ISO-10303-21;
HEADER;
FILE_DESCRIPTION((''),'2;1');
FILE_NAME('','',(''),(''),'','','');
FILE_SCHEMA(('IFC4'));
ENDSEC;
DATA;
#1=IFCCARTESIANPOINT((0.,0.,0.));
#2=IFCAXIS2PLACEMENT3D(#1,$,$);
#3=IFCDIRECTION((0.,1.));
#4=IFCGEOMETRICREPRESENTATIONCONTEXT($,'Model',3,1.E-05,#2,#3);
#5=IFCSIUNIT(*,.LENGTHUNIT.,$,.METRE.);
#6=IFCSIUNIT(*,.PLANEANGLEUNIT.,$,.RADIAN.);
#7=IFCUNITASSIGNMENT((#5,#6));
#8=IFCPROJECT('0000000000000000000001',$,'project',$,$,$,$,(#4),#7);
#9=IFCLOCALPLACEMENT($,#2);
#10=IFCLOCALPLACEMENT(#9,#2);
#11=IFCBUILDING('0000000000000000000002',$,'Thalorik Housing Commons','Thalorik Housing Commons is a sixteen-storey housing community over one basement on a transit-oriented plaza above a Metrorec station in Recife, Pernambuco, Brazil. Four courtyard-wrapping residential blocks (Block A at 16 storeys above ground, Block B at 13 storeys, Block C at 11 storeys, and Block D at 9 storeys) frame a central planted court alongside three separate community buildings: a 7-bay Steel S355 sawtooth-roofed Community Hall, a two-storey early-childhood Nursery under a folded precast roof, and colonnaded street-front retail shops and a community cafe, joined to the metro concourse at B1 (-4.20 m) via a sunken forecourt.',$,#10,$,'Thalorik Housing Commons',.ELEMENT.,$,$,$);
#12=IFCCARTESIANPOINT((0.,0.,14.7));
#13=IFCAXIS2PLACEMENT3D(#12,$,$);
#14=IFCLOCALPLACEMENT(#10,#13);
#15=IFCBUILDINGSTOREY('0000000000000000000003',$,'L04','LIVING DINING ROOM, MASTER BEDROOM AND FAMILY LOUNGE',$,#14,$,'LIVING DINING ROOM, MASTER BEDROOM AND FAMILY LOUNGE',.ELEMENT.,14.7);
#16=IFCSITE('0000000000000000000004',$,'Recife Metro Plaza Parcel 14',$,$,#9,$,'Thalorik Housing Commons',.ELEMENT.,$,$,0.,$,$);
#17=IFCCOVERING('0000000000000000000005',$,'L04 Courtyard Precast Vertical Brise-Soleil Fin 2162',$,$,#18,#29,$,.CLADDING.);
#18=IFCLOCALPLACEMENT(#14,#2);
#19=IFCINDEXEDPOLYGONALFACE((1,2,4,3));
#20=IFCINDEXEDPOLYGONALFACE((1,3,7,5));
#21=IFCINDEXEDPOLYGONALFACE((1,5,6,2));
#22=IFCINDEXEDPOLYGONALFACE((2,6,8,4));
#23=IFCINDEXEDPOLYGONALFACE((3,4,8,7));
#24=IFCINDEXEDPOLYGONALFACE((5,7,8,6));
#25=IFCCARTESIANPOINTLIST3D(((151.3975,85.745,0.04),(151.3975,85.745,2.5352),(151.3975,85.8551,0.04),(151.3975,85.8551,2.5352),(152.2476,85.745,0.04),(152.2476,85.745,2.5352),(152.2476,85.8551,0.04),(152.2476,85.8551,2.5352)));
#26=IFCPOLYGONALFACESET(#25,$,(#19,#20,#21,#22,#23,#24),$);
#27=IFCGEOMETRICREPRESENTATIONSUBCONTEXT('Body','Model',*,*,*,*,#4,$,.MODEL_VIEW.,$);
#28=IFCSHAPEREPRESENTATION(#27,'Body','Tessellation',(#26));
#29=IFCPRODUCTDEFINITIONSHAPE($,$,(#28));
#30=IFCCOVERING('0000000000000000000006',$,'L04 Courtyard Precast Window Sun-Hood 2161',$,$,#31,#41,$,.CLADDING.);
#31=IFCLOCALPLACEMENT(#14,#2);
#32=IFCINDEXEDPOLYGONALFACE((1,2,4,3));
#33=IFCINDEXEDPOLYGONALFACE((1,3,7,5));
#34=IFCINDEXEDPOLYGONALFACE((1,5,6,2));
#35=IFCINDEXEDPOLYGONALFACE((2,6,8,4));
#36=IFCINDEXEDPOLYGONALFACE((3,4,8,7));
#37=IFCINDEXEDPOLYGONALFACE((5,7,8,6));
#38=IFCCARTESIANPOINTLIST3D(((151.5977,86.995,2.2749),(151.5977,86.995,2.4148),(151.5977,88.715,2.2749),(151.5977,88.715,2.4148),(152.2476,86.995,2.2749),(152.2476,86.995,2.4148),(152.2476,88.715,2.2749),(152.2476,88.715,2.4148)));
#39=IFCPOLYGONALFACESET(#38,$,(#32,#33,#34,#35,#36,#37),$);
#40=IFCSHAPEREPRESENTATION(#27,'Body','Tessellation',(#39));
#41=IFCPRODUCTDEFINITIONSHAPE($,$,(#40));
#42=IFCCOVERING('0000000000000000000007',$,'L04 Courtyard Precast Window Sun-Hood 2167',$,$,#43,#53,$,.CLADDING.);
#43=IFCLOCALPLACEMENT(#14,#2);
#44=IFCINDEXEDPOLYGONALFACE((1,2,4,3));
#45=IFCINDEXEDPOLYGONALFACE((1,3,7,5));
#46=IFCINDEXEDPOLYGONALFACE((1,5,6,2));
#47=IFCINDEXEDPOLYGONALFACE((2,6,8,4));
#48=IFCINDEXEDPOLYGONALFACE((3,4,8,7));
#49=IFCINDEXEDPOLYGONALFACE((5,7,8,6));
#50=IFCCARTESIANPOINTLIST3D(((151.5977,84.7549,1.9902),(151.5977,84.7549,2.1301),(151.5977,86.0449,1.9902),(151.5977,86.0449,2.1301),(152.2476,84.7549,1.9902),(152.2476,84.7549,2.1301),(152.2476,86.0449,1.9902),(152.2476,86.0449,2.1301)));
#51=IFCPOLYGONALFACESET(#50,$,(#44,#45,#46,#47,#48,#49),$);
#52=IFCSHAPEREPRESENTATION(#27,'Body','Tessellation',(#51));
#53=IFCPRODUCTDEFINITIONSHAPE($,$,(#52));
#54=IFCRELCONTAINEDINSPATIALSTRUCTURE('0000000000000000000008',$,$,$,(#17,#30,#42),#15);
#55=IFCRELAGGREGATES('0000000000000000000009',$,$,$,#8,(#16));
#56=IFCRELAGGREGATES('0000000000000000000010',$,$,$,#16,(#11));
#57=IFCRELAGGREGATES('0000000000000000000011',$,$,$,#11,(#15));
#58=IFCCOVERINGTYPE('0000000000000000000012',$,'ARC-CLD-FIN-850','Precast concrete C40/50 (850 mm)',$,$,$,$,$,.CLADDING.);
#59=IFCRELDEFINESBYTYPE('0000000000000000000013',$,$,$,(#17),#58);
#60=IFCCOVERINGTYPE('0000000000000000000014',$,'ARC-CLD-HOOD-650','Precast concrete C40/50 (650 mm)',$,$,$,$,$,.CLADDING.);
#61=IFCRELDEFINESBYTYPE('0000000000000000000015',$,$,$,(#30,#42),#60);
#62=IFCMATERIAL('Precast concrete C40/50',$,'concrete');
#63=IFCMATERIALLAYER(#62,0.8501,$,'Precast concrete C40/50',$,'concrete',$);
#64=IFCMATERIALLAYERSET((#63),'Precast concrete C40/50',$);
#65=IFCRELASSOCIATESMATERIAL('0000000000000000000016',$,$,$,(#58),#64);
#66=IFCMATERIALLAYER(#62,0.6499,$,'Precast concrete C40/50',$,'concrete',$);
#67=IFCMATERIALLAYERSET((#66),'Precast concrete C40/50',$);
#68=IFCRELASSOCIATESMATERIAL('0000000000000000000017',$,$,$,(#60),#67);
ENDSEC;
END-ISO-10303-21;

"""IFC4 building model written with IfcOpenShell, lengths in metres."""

from ifc_helpers import new_model, si_unit, direction, frame, origin, origin_2d, place, context, subcontext, project, spatial, rectangle, extrude, material, layer, layer_set, type_object, element, save


model = new_model("IFC4")

# Units and contexts
model_context = context("Model", 3, precision=1e-05, world=origin(), true_north=direction((0.0, 1.0)))
body_context = subcontext(model_context, "Body", "Model", "MODEL_VIEW")
ifc_project = project(units=[si_unit("LENGTHUNIT", "METRE"), si_unit("PLANEANGLEUNIT", "RADIAN")], contexts=[model_context])

# Site, building, storey
site_placement = place(None, origin())
site = spatial("IfcSite", under=ifc_project, at=site_placement, Name="Recife Metro Plaza Parcel 14", LongName="Thalorik Housing Commons", CompositionType="ELEMENT", RefElevation=0.0)
building_placement = place(site_placement, origin())
building = spatial("IfcBuilding", under=site, at=building_placement, Name="Thalorik Housing Commons", Description="Thalorik Housing Commons is a sixteen-storey housing community over one basement on a transit-oriented plaza above a Metrorec station in Recife, Pernambuco, Brazil. Four courtyard-wrapping residential blocks (Block A at 16 storeys above ground, Block B at 13 storeys, Block C at 11 storeys, and Block D at 9 storeys) frame a central planted court alongside three separate community buildings: a 7-bay Steel S355 sawtooth-roofed Community Hall, a two-storey early-childhood Nursery under a folded precast roof, and colonnaded street-front retail shops and a community cafe, joined to the metro concourse at B1 (-4.20 m) via a sunken forecourt.", LongName="Thalorik Housing Commons", CompositionType="ELEMENT")
storey_placement = place(building_placement, frame((0.0, 0.0, 14.7)))
storey = spatial("IfcBuildingStorey", under=building, at=storey_placement, Name="L04", Description="LIVING DINING ROOM, MASTER BEDROOM AND FAMILY LOUNGE", LongName="LIVING DINING ROOM, MASTER BEDROOM AND FAMILY LOUNGE", CompositionType="ELEMENT", Elevation=14.7)

# Shared definitions
ifc_material_1 = material(Name="Precast concrete C40/50", Category="concrete")

# Coverings
ifc_layer_1 = layer(ifc_material_1, 0.8501, Name="Precast concrete C40/50", Category="concrete")
ifc_layer_set_1 = layer_set([ifc_layer_1], Name="Precast concrete C40/50")
covering_type_1 = type_object("IfcCoveringType", Name="ARC-CLD-FIN-850", Description="Precast concrete C40/50 (850 mm)", PredefinedType="CLADDING", material=ifc_layer_set_1)
covering_1_placement = place(storey_placement, frame((151.8225, 85.8, 0.04), z_axis=(0.0, 0.0, 1.0), x_axis=(0.0, -1.0, 0.0)))
element("IfcCovering", 1, at=covering_1_placement, inside=storey, type_object=covering_type_1, Name="L04 Courtyard Precast Vertical Brise-Soleil Fin 2162", PredefinedType="CLADDING", context=body_context, shape_type="SweptSolid", body=[
    extrude(rectangle(XDim=0.1101, YDim=0.8501, at=origin_2d()), origin(), (0.0, 0.0, 1.0), 2.4951),
])
ifc_layer_2 = layer(ifc_material_1, 0.6499, Name="Precast concrete C40/50", Category="concrete")
ifc_layer_set_2 = layer_set([ifc_layer_2], Name="Precast concrete C40/50")
covering_type_2 = type_object("IfcCoveringType", Name="ARC-CLD-HOOD-650", Description="Precast concrete C40/50 (650 mm)", PredefinedType="CLADDING", material=ifc_layer_set_2)
covering_2_placement = place(storey_placement, frame((151.9226, 87.855, 2.2749), z_axis=(0.0, 0.0, 1.0), x_axis=(0.0, -1.0, 0.0)))
element("IfcCovering", 2, at=covering_2_placement, inside=storey, type_object=covering_type_2, Name="L04 Courtyard Precast Window Sun-Hood 2161", PredefinedType="CLADDING", context=body_context, shape_type="SweptSolid", body=[
    extrude(rectangle(XDim=1.72, YDim=0.6499, at=origin_2d()), origin(), (0.0, 0.0, 1.0), 0.1399),
])
covering_3_placement = place(storey_placement, frame((151.9226, 85.3999, 1.9902), z_axis=(0.0, 0.0, 1.0), x_axis=(0.0, -1.0, 0.0)))
element("IfcCovering", 3, at=covering_3_placement, inside=storey, type_object=covering_type_2, Name="L04 Courtyard Precast Window Sun-Hood 2167", PredefinedType="CLADDING", context=body_context, shape_type="SweptSolid", body=[
    extrude(rectangle(XDim=1.29, YDim=0.6499, at=origin_2d()), origin(), (0.0, 0.0, 1.0), 0.1399),
])

save(model, "model.ifc")
